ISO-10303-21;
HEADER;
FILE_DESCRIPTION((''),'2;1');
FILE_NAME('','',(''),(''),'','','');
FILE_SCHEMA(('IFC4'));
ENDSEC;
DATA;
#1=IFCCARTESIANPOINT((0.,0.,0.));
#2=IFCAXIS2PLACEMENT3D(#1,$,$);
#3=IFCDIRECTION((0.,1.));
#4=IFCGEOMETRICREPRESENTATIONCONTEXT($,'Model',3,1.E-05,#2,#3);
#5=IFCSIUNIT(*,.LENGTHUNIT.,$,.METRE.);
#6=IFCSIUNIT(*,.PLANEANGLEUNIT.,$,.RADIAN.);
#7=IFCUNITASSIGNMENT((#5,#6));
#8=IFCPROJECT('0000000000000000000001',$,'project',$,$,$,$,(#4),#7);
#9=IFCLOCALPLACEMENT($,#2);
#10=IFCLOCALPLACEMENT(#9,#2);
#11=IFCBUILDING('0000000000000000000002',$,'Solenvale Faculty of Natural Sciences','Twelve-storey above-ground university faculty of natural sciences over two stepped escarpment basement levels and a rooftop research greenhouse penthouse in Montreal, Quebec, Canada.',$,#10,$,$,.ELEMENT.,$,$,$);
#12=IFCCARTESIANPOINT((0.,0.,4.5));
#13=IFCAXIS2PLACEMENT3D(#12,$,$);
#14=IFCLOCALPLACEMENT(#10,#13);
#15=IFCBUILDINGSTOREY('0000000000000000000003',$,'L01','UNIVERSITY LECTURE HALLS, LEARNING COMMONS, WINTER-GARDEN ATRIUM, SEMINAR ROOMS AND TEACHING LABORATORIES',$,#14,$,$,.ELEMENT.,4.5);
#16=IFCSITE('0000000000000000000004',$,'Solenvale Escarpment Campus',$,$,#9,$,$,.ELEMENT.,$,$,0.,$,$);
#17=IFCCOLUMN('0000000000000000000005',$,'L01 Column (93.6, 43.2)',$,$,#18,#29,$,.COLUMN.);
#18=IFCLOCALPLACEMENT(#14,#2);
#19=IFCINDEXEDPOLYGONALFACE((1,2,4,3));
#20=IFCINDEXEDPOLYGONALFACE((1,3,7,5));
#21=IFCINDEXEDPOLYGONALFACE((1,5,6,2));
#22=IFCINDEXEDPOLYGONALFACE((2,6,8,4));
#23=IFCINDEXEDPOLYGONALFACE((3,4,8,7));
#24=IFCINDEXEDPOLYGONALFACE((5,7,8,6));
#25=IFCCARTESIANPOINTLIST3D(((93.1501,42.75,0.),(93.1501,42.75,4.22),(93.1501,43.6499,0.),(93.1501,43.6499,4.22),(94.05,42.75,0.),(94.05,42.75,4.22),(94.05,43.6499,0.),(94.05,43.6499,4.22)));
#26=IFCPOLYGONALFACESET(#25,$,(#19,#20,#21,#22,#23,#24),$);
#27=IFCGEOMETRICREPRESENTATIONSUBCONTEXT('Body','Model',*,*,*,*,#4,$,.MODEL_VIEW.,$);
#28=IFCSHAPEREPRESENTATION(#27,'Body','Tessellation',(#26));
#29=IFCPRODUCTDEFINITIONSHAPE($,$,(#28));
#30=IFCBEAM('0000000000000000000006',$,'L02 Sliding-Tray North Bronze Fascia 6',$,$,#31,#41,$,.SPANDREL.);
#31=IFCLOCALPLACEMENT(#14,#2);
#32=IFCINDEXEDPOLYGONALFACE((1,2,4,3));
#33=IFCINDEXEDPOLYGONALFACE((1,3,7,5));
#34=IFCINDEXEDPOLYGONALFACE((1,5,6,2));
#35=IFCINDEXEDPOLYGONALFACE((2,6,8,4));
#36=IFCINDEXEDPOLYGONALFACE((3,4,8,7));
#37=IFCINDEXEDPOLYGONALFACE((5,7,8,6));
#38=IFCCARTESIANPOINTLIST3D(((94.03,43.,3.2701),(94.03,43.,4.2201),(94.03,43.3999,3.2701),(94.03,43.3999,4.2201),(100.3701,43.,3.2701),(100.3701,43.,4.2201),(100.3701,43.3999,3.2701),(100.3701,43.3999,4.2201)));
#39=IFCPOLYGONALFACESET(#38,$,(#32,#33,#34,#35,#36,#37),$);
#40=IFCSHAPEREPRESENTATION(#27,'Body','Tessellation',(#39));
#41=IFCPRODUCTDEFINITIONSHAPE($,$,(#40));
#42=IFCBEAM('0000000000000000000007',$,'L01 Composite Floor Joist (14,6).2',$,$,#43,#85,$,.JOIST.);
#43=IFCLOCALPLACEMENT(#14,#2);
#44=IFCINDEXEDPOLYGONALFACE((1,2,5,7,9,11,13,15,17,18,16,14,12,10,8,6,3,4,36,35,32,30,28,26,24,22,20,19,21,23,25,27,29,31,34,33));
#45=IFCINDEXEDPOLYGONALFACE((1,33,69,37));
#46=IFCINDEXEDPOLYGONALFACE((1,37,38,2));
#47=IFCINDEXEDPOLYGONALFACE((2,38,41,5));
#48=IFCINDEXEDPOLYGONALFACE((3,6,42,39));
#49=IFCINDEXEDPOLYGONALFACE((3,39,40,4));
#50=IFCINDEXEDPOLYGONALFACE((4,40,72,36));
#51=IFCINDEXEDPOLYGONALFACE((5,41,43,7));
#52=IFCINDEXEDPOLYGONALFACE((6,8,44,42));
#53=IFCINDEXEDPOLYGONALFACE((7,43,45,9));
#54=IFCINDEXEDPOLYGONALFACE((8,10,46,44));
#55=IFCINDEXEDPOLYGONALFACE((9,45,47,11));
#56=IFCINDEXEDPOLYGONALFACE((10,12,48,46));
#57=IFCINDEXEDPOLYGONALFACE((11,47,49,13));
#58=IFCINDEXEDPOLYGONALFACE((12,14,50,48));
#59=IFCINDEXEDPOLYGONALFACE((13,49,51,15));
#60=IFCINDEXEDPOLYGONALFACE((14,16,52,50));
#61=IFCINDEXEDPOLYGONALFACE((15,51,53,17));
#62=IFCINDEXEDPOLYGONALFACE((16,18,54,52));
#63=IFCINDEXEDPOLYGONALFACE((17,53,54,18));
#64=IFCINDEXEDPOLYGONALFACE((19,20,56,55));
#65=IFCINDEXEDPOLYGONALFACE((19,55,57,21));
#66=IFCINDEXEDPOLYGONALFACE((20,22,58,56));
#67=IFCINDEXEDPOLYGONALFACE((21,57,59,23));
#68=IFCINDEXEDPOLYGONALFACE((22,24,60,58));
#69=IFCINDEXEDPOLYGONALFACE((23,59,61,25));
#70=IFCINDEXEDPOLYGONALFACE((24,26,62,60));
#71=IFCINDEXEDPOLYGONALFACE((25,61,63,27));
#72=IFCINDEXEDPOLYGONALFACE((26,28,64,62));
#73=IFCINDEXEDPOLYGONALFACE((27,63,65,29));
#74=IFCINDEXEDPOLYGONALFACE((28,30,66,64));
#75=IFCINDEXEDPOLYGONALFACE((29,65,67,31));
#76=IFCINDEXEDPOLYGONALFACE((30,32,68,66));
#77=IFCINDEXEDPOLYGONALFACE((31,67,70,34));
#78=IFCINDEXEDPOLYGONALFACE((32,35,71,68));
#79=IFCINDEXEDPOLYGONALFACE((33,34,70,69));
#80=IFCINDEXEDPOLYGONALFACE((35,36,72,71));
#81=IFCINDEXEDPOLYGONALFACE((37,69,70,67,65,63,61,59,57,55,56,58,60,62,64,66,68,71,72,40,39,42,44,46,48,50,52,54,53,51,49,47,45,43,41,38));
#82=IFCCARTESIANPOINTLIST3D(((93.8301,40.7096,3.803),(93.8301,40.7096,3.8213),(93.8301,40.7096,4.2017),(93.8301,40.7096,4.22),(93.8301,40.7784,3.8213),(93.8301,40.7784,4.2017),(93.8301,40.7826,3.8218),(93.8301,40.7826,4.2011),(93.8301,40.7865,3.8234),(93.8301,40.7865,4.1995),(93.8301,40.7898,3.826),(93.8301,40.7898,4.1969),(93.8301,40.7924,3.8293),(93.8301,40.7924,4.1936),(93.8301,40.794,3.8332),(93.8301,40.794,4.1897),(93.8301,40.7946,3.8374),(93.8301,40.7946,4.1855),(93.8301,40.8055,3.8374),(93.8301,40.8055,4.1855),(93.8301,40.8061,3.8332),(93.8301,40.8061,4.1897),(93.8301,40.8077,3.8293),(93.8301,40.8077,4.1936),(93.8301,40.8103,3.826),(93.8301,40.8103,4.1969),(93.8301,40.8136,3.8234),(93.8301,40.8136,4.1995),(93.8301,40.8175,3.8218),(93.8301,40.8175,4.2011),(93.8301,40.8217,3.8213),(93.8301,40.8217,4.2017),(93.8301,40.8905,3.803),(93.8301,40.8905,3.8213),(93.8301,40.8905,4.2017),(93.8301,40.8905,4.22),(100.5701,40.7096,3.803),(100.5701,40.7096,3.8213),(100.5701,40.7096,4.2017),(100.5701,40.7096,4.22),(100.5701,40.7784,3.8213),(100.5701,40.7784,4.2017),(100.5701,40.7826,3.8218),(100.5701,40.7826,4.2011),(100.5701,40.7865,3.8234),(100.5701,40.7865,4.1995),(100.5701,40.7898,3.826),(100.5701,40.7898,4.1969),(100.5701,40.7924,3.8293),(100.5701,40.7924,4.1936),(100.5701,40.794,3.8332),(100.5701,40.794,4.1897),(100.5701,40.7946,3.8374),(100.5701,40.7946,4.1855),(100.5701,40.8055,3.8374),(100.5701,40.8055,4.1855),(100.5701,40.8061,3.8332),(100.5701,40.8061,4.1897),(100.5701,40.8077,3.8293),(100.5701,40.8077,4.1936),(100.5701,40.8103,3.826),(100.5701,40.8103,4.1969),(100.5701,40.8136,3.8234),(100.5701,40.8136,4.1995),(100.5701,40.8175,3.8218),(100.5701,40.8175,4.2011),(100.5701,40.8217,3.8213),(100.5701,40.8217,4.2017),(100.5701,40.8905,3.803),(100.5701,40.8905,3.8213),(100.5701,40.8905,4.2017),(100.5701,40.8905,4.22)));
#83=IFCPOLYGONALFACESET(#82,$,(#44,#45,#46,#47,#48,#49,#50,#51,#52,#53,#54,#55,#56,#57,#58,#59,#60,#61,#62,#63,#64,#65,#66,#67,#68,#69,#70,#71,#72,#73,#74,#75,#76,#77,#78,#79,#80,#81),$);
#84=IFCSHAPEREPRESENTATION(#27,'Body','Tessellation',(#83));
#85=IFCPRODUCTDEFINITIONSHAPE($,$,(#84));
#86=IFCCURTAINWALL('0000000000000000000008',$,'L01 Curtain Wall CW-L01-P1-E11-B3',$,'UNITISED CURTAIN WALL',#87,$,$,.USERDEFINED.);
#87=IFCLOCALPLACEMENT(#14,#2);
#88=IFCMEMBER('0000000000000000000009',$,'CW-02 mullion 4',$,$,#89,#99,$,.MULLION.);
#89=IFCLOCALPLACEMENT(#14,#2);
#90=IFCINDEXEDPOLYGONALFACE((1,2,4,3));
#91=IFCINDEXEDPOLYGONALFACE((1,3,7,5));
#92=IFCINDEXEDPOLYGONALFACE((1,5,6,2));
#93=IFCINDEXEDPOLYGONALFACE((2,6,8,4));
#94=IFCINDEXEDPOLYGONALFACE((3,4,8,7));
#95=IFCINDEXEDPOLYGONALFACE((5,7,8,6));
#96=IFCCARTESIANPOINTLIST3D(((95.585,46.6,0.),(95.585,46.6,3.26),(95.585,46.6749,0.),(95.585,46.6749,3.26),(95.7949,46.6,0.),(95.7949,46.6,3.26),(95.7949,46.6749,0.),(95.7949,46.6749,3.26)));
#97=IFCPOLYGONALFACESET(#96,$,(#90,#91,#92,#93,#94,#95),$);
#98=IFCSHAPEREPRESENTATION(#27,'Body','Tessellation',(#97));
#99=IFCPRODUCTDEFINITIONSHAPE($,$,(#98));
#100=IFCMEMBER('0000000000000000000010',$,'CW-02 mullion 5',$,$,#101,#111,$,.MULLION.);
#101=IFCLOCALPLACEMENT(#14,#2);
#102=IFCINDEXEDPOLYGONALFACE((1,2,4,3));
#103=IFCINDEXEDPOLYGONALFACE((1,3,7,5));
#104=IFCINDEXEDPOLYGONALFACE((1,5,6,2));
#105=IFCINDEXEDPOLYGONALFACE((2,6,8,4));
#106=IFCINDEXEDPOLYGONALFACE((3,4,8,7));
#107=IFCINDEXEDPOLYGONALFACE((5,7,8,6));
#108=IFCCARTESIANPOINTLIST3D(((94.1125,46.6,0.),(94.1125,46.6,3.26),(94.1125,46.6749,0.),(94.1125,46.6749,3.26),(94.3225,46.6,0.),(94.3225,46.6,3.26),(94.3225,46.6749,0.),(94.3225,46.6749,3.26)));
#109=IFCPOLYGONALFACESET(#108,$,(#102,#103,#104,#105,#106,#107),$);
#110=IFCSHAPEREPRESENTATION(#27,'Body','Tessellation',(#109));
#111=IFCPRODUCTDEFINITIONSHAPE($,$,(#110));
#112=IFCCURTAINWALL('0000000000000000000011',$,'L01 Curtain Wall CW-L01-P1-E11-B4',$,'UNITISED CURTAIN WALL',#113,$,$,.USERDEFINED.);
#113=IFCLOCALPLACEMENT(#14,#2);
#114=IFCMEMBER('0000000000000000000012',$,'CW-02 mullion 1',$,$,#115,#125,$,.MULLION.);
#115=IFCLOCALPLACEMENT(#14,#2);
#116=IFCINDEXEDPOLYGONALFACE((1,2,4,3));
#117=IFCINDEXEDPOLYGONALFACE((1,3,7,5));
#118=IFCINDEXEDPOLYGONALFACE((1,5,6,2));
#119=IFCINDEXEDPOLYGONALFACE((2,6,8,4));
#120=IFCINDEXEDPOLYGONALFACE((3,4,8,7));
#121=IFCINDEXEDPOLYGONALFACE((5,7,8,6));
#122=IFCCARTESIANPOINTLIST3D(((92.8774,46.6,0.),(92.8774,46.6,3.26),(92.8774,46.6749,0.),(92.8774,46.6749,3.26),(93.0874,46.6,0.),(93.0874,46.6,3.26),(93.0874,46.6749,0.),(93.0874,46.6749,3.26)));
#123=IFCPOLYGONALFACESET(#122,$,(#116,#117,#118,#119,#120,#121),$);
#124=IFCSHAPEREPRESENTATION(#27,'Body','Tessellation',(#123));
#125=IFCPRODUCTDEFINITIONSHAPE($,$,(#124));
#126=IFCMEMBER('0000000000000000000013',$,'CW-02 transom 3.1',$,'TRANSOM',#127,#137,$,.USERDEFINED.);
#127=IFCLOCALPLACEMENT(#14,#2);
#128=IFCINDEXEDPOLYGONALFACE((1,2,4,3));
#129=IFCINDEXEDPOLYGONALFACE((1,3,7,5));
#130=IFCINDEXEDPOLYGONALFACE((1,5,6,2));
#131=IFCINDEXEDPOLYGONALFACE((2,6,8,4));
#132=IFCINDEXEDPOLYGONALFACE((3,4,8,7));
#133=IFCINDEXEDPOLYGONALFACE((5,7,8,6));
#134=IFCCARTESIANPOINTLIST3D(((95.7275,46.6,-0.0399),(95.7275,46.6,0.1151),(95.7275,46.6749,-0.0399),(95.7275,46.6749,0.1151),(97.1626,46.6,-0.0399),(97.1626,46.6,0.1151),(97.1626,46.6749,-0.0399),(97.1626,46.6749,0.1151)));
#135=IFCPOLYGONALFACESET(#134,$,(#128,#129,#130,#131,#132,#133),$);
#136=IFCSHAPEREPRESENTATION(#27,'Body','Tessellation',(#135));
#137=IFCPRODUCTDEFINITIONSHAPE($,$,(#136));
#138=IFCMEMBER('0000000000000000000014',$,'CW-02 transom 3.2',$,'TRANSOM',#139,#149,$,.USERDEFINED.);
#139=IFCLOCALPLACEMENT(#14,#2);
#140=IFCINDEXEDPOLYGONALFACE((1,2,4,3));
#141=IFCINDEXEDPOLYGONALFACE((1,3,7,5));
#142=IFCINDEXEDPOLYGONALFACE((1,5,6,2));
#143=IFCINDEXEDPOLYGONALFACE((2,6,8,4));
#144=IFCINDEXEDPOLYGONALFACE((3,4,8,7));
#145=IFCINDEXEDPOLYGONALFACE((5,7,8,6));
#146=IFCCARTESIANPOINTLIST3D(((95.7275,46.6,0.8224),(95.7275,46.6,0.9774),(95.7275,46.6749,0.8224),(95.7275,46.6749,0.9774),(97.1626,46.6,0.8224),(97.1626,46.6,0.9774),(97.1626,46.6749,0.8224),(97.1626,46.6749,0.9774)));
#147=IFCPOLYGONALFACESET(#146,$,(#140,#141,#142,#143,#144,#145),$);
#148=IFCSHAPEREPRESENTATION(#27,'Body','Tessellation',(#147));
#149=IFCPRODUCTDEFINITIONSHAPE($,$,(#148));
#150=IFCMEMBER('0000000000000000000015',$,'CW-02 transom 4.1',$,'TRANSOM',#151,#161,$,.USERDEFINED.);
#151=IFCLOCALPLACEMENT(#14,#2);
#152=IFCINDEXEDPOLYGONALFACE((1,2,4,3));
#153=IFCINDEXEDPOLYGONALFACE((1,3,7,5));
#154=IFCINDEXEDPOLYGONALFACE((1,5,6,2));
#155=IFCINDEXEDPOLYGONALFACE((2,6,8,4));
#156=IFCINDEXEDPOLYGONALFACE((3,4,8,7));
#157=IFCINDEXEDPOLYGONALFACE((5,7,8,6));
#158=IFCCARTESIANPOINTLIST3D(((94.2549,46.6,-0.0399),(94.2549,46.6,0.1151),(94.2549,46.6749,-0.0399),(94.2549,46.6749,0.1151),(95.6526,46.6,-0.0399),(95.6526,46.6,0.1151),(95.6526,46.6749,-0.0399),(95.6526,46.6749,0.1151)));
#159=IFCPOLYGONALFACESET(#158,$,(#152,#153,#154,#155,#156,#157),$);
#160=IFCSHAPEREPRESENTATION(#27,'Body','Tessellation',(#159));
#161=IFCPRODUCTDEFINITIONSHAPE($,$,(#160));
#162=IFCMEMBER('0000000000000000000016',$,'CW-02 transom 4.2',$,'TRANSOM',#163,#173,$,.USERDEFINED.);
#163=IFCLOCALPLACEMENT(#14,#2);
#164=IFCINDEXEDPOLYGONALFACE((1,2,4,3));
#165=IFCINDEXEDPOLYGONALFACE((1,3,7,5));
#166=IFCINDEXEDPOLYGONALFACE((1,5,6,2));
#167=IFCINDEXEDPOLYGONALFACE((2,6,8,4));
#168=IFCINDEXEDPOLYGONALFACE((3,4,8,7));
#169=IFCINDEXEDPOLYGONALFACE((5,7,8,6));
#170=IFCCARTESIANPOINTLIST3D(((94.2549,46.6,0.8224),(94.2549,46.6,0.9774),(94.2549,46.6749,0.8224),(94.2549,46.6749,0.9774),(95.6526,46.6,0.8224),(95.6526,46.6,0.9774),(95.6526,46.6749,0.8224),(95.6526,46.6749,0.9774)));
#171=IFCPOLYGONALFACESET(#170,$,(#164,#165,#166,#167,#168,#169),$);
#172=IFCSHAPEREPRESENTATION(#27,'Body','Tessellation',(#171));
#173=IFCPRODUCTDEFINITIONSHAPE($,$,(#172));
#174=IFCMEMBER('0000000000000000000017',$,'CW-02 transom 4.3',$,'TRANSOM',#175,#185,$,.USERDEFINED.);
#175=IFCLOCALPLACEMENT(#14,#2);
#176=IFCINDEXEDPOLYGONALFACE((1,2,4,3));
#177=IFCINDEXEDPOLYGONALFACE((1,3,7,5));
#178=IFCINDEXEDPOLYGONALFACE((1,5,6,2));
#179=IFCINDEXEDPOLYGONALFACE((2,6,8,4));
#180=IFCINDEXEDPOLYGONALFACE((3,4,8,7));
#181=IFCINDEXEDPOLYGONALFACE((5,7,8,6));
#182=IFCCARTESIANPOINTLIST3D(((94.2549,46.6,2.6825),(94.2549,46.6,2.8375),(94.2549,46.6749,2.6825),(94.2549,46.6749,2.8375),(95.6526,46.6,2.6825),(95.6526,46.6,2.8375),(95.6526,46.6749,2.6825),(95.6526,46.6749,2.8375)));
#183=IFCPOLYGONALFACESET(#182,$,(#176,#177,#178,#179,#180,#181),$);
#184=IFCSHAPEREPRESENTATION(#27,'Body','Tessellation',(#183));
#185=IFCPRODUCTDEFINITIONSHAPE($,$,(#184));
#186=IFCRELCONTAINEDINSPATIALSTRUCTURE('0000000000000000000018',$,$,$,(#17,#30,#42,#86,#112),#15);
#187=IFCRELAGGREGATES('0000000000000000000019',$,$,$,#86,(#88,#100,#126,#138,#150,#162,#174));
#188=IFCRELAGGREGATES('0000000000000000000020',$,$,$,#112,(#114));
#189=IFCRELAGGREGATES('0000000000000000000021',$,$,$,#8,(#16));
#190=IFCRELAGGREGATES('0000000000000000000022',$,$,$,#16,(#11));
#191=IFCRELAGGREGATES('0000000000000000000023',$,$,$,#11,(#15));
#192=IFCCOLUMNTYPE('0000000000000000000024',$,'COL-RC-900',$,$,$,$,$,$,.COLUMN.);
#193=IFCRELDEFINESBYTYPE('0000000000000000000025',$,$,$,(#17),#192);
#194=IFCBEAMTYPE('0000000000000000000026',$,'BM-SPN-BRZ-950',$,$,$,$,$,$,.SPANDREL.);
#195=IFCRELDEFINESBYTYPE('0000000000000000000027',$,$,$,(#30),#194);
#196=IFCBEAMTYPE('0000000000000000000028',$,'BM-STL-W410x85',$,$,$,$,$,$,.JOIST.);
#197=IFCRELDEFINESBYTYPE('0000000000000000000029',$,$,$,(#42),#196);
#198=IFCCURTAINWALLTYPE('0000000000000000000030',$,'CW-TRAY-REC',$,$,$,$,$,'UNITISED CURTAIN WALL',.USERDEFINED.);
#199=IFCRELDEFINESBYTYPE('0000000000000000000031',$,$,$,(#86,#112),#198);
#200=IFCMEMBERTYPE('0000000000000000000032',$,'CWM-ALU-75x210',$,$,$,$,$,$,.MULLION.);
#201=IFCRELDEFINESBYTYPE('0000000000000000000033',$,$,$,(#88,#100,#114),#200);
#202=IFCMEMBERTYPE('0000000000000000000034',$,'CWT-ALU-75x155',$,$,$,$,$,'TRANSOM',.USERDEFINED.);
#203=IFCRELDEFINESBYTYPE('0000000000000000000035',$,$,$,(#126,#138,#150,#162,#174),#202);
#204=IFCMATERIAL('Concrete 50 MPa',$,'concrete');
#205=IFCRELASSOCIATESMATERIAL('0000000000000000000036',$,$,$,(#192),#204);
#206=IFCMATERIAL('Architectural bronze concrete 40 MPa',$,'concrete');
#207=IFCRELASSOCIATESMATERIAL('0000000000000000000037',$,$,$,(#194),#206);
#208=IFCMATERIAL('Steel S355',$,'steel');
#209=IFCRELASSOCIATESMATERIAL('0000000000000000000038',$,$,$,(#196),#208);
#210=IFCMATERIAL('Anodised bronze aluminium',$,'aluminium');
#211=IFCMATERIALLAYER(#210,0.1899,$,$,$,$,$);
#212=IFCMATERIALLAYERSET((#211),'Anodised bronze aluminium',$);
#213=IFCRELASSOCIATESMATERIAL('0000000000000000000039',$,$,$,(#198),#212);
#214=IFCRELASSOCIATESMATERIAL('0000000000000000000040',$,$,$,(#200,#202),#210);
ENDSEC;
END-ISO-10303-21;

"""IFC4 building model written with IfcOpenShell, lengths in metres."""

from ifc_helpers import new_model, si_unit, direction, frame, origin, origin_2d, place, context, subcontext, project, spatial, rectangle, i_section, extrude, material, layer, layer_set, material_profile, profile_set, type_object, element, aggregate, save


model = new_model("IFC4")

# Units and contexts
model_context = context("Model", 3, precision=1e-05, world=origin(), true_north=direction((0.0, 1.0)))
body_context = subcontext(model_context, "Body", "Model", "MODEL_VIEW")
ifc_project = project(units=[si_unit("LENGTHUNIT", "METRE"), si_unit("PLANEANGLEUNIT", "RADIAN")], contexts=[model_context])

# Site, building, storey
site_placement = place(None, origin())
site = spatial("IfcSite", under=ifc_project, at=site_placement, Name="Solenvale Escarpment Campus", CompositionType="ELEMENT", RefElevation=0.0)
building_placement = place(site_placement, origin())
building = spatial("IfcBuilding", under=site, at=building_placement, Name="Solenvale Faculty of Natural Sciences", Description="Twelve-storey above-ground university faculty of natural sciences over two stepped escarpment basement levels and a rooftop research greenhouse penthouse in Montreal, Quebec, Canada.", CompositionType="ELEMENT")
storey_placement = place(building_placement, frame((0.0, 0.0, 4.5)))
storey = spatial("IfcBuildingStorey", under=building, at=storey_placement, Name="L01", Description="UNIVERSITY LECTURE HALLS, LEARNING COMMONS, WINTER-GARDEN ATRIUM, SEMINAR ROOMS AND TEACHING LABORATORIES", CompositionType="ELEMENT", Elevation=4.5)

# Column
ifc_material_1 = material(Name="Concrete 50 MPa", Category="concrete")
ifc_material_profile_1 = material_profile(ifc_material_1, rectangle(XDim=0.8999, YDim=0.8999, at=origin_2d()), Name="RC-COL-900x900")
ifc_profile_set_1 = profile_set([ifc_material_profile_1], Name="Concrete 50 MPa")
column_type = type_object("IfcColumnType", Name="COL-RC-900", PredefinedType="COLUMN", material=ifc_profile_set_1)
column_placement = place(storey_placement, frame((93.6001, 43.2, 0.0), z_axis=(0.0, 0.0, 1.0), x_axis=(1.0, 0.0, 0.0)))
element("IfcColumn", 1, at=column_placement, inside=storey, type_object=column_type, Name="L01 Column (93.6, 43.2)", PredefinedType="COLUMN", context=body_context, shape_type="SweptSolid", body=[
    extrude(rectangle(XDim=0.8999, YDim=0.8999, at=origin_2d()), origin(), (0.0, 0.0, 1.0), 4.22),
])

# Beams
ifc_material_2 = material(Name="Architectural bronze concrete 40 MPa", Category="concrete")
ifc_material_profile_2 = material_profile(ifc_material_2, rectangle(XDim=0.3999, YDim=0.95, at=origin_2d()), Name="RC-SPN-400x950")
ifc_profile_set_2 = profile_set([ifc_material_profile_2], Name="Architectural bronze concrete 40 MPa")
beam_type_1 = type_object("IfcBeamType", Name="BM-SPN-BRZ-950", PredefinedType="SPANDREL", material=ifc_profile_set_2)
beam_1_placement = place(storey_placement, frame((94.03, 43.2, 3.7451), z_axis=(1.0, 0.0, 0.0), x_axis=(0.0, 1.0, 0.0)))
element("IfcBeam", 2, at=beam_1_placement, inside=storey, type_object=beam_type_1, Name="L02 Sliding-Tray North Bronze Fascia 6", PredefinedType="SPANDREL", context=body_context, shape_type="SweptSolid", body=[
    extrude(rectangle(XDim=0.3999, YDim=0.95, at=origin_2d()), origin(), (0.0, 0.0, 1.0), 6.3401),
])
ifc_material_3 = material(Name="Steel S355", Category="steel")
ifc_material_profile_3 = material_profile(ifc_material_3, i_section(OverallWidth=0.1809, OverallDepth=0.417, WebThickness=0.011, FlangeThickness=0.0183, FilletRadius=0.0161, at=origin_2d()), Name="W410x85")
ifc_profile_set_3 = profile_set([ifc_material_profile_3], Name="Steel S355")
beam_type_2 = type_object("IfcBeamType", Name="BM-STL-W410x85", PredefinedType="JOIST", material=ifc_profile_set_3)
beam_2_placement = place(storey_placement, frame((93.8301, 40.8, 4.0115), z_axis=(1.0, 0.0, 0.0), x_axis=(0.0, 1.0, 0.0)))
element("IfcBeam", 3, at=beam_2_placement, inside=storey, type_object=beam_type_2, Name="L01 Composite Floor Joist (14,6).2", PredefinedType="JOIST", context=body_context, shape_type="SweptSolid", body=[
    extrude(i_section(OverallWidth=0.1809, OverallDepth=0.417, WebThickness=0.011, FlangeThickness=0.0183, FilletRadius=0.0161, at=origin_2d()), origin(), (0.0, 0.0, 1.0), 6.74),
])

# Curtain wall, members
ifc_material_4 = material(Name="Anodised bronze aluminium", Category="aluminium")
ifc_layer_1 = layer(ifc_material_4, 0.1899)
ifc_layer_set_1 = layer_set([ifc_layer_1], Name="Anodised bronze aluminium")
curtain_wall_type = type_object("IfcCurtainWallType", Name="CW-TRAY-REC", ElementType="UNITISED CURTAIN WALL", PredefinedType="USERDEFINED", material=ifc_layer_set_1)
curtain_wall_1_placement = place(storey_placement, origin())
curtain_wall_1 = element("IfcCurtainWall", 4, at=curtain_wall_1_placement, inside=storey, type_object=curtain_wall_type, Name="L01 Curtain Wall CW-L01-P1-E11-B3", ObjectType="UNITISED CURTAIN WALL", PredefinedType="USERDEFINED")
ifc_material_profile_4 = material_profile(ifc_material_4, rectangle(XDim=0.075, YDim=0.21, at=origin_2d()), Name="ALU-MUL-75x210")
ifc_profile_set_4 = profile_set([ifc_material_profile_4], Name="Anodised bronze aluminium")
member_type_1 = type_object("IfcMemberType", Name="CWM-ALU-75x210", PredefinedType="MULLION", material=ifc_profile_set_4)
member_1_placement = place(storey_placement, frame((95.6899, 46.6375, 0.0), z_axis=(0.0, 0.0, 1.0), x_axis=(0.0, -1.0, 0.0)))
member_1 = element("IfcMember", 5, at=member_1_placement, type_object=member_type_1, Name="CW-02 mullion 4", PredefinedType="MULLION", context=body_context, shape_type="SweptSolid", body=[
    extrude(rectangle(XDim=0.075, YDim=0.21, at=origin_2d()), origin(), (0.0, 0.0, 1.0), 3.26),
])
member_2_placement = place(storey_placement, frame((94.2175, 46.6375, 0.0), z_axis=(0.0, 0.0, 1.0), x_axis=(0.0, -1.0, 0.0)))
member_2 = element("IfcMember", 6, at=member_2_placement, type_object=member_type_1, Name="CW-02 mullion 5", PredefinedType="MULLION", context=body_context, shape_type="SweptSolid", body=[
    extrude(rectangle(XDim=0.075, YDim=0.21, at=origin_2d()), origin(), (0.0, 0.0, 1.0), 3.26),
])

# Curtain wall, member
curtain_wall_2_placement = place(storey_placement, origin())
curtain_wall_2 = element("IfcCurtainWall", 7, at=curtain_wall_2_placement, inside=storey, type_object=curtain_wall_type, Name="L01 Curtain Wall CW-L01-P1-E11-B4", ObjectType="UNITISED CURTAIN WALL", PredefinedType="USERDEFINED")
member_3_placement = place(storey_placement, frame((92.9824, 46.6375, 0.0), z_axis=(0.0, 0.0, 1.0), x_axis=(0.0, -1.0, 0.0)))
member_3 = element("IfcMember", 8, at=member_3_placement, type_object=member_type_1, Name="CW-02 mullion 1", PredefinedType="MULLION", context=body_context, shape_type="SweptSolid", body=[
    extrude(rectangle(XDim=0.075, YDim=0.21, at=origin_2d()), origin(), (0.0, 0.0, 1.0), 3.26),
])

# Members
ifc_material_profile_5 = material_profile(ifc_material_4, rectangle(XDim=0.075, YDim=0.155, at=origin_2d()), Name="ALU-TRN-75x155")
ifc_profile_set_5 = profile_set([ifc_material_profile_5], Name="Anodised bronze aluminium")
member_type_2 = type_object("IfcMemberType", Name="CWT-ALU-75x155", ElementType="TRANSOM", PredefinedType="USERDEFINED", material=ifc_profile_set_5)
member_4_placement = place(storey_placement, frame((97.1626, 46.6375, 0.0376), z_axis=(-1.0, 0.0, 0.0), x_axis=(0.0, -1.0, 0.0)))
member_4 = element("IfcMember", 9, at=member_4_placement, type_object=member_type_2, Name="CW-02 transom 3.1", ObjectType="TRANSOM", PredefinedType="USERDEFINED", context=body_context, shape_type="SweptSolid", body=[
    extrude(rectangle(XDim=0.075, YDim=0.155, at=origin_2d()), origin(), (0.0, 0.0, 1.0), 1.4351),
])
member_5_placement = place(storey_placement, frame((97.1626, 46.6375, 0.8999), z_axis=(-1.0, 0.0, 0.0), x_axis=(0.0, -1.0, 0.0)))
member_5 = element("IfcMember", 10, at=member_5_placement, type_object=member_type_2, Name="CW-02 transom 3.2", ObjectType="TRANSOM", PredefinedType="USERDEFINED", context=body_context, shape_type="SweptSolid", body=[
    extrude(rectangle(XDim=0.075, YDim=0.155, at=origin_2d()), origin(), (0.0, 0.0, 1.0), 1.4351),
])
member_6_placement = place(storey_placement, frame((95.6526, 46.6375, 0.0376), z_axis=(-1.0, 0.0, 0.0), x_axis=(0.0, -1.0, 0.0)))
member_6 = element("IfcMember", 11, at=member_6_placement, type_object=member_type_2, Name="CW-02 transom 4.1", ObjectType="TRANSOM", PredefinedType="USERDEFINED", context=body_context, shape_type="SweptSolid", body=[
    extrude(rectangle(XDim=0.075, YDim=0.155, at=origin_2d()), origin(), (0.0, 0.0, 1.0), 1.3977),
])
member_7_placement = place(storey_placement, frame((95.6526, 46.6375, 0.8999), z_axis=(-1.0, 0.0, 0.0), x_axis=(0.0, -1.0, 0.0)))
member_7 = element("IfcMember", 12, at=member_7_placement, type_object=member_type_2, Name="CW-02 transom 4.2", ObjectType="TRANSOM", PredefinedType="USERDEFINED", context=body_context, shape_type="SweptSolid", body=[
    extrude(rectangle(XDim=0.075, YDim=0.155, at=origin_2d()), origin(), (0.0, 0.0, 1.0), 1.3977),
])
member_8_placement = place(storey_placement, frame((95.6526, 46.6375, 2.76), z_axis=(-1.0, 0.0, 0.0), x_axis=(0.0, -1.0, 0.0)))
member_8 = element("IfcMember", 13, at=member_8_placement, type_object=member_type_2, Name="CW-02 transom 4.3", ObjectType="TRANSOM", PredefinedType="USERDEFINED", context=body_context, shape_type="SweptSolid", body=[
    extrude(rectangle(XDim=0.075, YDim=0.155, at=origin_2d()), origin(), (0.0, 0.0, 1.0), 1.3977),
])

aggregate(curtain_wall_1, [member_1, member_2, member_4, member_5, member_6, member_7, member_8])
aggregate(curtain_wall_2, [member_3])

save(model, "model.ifc")
